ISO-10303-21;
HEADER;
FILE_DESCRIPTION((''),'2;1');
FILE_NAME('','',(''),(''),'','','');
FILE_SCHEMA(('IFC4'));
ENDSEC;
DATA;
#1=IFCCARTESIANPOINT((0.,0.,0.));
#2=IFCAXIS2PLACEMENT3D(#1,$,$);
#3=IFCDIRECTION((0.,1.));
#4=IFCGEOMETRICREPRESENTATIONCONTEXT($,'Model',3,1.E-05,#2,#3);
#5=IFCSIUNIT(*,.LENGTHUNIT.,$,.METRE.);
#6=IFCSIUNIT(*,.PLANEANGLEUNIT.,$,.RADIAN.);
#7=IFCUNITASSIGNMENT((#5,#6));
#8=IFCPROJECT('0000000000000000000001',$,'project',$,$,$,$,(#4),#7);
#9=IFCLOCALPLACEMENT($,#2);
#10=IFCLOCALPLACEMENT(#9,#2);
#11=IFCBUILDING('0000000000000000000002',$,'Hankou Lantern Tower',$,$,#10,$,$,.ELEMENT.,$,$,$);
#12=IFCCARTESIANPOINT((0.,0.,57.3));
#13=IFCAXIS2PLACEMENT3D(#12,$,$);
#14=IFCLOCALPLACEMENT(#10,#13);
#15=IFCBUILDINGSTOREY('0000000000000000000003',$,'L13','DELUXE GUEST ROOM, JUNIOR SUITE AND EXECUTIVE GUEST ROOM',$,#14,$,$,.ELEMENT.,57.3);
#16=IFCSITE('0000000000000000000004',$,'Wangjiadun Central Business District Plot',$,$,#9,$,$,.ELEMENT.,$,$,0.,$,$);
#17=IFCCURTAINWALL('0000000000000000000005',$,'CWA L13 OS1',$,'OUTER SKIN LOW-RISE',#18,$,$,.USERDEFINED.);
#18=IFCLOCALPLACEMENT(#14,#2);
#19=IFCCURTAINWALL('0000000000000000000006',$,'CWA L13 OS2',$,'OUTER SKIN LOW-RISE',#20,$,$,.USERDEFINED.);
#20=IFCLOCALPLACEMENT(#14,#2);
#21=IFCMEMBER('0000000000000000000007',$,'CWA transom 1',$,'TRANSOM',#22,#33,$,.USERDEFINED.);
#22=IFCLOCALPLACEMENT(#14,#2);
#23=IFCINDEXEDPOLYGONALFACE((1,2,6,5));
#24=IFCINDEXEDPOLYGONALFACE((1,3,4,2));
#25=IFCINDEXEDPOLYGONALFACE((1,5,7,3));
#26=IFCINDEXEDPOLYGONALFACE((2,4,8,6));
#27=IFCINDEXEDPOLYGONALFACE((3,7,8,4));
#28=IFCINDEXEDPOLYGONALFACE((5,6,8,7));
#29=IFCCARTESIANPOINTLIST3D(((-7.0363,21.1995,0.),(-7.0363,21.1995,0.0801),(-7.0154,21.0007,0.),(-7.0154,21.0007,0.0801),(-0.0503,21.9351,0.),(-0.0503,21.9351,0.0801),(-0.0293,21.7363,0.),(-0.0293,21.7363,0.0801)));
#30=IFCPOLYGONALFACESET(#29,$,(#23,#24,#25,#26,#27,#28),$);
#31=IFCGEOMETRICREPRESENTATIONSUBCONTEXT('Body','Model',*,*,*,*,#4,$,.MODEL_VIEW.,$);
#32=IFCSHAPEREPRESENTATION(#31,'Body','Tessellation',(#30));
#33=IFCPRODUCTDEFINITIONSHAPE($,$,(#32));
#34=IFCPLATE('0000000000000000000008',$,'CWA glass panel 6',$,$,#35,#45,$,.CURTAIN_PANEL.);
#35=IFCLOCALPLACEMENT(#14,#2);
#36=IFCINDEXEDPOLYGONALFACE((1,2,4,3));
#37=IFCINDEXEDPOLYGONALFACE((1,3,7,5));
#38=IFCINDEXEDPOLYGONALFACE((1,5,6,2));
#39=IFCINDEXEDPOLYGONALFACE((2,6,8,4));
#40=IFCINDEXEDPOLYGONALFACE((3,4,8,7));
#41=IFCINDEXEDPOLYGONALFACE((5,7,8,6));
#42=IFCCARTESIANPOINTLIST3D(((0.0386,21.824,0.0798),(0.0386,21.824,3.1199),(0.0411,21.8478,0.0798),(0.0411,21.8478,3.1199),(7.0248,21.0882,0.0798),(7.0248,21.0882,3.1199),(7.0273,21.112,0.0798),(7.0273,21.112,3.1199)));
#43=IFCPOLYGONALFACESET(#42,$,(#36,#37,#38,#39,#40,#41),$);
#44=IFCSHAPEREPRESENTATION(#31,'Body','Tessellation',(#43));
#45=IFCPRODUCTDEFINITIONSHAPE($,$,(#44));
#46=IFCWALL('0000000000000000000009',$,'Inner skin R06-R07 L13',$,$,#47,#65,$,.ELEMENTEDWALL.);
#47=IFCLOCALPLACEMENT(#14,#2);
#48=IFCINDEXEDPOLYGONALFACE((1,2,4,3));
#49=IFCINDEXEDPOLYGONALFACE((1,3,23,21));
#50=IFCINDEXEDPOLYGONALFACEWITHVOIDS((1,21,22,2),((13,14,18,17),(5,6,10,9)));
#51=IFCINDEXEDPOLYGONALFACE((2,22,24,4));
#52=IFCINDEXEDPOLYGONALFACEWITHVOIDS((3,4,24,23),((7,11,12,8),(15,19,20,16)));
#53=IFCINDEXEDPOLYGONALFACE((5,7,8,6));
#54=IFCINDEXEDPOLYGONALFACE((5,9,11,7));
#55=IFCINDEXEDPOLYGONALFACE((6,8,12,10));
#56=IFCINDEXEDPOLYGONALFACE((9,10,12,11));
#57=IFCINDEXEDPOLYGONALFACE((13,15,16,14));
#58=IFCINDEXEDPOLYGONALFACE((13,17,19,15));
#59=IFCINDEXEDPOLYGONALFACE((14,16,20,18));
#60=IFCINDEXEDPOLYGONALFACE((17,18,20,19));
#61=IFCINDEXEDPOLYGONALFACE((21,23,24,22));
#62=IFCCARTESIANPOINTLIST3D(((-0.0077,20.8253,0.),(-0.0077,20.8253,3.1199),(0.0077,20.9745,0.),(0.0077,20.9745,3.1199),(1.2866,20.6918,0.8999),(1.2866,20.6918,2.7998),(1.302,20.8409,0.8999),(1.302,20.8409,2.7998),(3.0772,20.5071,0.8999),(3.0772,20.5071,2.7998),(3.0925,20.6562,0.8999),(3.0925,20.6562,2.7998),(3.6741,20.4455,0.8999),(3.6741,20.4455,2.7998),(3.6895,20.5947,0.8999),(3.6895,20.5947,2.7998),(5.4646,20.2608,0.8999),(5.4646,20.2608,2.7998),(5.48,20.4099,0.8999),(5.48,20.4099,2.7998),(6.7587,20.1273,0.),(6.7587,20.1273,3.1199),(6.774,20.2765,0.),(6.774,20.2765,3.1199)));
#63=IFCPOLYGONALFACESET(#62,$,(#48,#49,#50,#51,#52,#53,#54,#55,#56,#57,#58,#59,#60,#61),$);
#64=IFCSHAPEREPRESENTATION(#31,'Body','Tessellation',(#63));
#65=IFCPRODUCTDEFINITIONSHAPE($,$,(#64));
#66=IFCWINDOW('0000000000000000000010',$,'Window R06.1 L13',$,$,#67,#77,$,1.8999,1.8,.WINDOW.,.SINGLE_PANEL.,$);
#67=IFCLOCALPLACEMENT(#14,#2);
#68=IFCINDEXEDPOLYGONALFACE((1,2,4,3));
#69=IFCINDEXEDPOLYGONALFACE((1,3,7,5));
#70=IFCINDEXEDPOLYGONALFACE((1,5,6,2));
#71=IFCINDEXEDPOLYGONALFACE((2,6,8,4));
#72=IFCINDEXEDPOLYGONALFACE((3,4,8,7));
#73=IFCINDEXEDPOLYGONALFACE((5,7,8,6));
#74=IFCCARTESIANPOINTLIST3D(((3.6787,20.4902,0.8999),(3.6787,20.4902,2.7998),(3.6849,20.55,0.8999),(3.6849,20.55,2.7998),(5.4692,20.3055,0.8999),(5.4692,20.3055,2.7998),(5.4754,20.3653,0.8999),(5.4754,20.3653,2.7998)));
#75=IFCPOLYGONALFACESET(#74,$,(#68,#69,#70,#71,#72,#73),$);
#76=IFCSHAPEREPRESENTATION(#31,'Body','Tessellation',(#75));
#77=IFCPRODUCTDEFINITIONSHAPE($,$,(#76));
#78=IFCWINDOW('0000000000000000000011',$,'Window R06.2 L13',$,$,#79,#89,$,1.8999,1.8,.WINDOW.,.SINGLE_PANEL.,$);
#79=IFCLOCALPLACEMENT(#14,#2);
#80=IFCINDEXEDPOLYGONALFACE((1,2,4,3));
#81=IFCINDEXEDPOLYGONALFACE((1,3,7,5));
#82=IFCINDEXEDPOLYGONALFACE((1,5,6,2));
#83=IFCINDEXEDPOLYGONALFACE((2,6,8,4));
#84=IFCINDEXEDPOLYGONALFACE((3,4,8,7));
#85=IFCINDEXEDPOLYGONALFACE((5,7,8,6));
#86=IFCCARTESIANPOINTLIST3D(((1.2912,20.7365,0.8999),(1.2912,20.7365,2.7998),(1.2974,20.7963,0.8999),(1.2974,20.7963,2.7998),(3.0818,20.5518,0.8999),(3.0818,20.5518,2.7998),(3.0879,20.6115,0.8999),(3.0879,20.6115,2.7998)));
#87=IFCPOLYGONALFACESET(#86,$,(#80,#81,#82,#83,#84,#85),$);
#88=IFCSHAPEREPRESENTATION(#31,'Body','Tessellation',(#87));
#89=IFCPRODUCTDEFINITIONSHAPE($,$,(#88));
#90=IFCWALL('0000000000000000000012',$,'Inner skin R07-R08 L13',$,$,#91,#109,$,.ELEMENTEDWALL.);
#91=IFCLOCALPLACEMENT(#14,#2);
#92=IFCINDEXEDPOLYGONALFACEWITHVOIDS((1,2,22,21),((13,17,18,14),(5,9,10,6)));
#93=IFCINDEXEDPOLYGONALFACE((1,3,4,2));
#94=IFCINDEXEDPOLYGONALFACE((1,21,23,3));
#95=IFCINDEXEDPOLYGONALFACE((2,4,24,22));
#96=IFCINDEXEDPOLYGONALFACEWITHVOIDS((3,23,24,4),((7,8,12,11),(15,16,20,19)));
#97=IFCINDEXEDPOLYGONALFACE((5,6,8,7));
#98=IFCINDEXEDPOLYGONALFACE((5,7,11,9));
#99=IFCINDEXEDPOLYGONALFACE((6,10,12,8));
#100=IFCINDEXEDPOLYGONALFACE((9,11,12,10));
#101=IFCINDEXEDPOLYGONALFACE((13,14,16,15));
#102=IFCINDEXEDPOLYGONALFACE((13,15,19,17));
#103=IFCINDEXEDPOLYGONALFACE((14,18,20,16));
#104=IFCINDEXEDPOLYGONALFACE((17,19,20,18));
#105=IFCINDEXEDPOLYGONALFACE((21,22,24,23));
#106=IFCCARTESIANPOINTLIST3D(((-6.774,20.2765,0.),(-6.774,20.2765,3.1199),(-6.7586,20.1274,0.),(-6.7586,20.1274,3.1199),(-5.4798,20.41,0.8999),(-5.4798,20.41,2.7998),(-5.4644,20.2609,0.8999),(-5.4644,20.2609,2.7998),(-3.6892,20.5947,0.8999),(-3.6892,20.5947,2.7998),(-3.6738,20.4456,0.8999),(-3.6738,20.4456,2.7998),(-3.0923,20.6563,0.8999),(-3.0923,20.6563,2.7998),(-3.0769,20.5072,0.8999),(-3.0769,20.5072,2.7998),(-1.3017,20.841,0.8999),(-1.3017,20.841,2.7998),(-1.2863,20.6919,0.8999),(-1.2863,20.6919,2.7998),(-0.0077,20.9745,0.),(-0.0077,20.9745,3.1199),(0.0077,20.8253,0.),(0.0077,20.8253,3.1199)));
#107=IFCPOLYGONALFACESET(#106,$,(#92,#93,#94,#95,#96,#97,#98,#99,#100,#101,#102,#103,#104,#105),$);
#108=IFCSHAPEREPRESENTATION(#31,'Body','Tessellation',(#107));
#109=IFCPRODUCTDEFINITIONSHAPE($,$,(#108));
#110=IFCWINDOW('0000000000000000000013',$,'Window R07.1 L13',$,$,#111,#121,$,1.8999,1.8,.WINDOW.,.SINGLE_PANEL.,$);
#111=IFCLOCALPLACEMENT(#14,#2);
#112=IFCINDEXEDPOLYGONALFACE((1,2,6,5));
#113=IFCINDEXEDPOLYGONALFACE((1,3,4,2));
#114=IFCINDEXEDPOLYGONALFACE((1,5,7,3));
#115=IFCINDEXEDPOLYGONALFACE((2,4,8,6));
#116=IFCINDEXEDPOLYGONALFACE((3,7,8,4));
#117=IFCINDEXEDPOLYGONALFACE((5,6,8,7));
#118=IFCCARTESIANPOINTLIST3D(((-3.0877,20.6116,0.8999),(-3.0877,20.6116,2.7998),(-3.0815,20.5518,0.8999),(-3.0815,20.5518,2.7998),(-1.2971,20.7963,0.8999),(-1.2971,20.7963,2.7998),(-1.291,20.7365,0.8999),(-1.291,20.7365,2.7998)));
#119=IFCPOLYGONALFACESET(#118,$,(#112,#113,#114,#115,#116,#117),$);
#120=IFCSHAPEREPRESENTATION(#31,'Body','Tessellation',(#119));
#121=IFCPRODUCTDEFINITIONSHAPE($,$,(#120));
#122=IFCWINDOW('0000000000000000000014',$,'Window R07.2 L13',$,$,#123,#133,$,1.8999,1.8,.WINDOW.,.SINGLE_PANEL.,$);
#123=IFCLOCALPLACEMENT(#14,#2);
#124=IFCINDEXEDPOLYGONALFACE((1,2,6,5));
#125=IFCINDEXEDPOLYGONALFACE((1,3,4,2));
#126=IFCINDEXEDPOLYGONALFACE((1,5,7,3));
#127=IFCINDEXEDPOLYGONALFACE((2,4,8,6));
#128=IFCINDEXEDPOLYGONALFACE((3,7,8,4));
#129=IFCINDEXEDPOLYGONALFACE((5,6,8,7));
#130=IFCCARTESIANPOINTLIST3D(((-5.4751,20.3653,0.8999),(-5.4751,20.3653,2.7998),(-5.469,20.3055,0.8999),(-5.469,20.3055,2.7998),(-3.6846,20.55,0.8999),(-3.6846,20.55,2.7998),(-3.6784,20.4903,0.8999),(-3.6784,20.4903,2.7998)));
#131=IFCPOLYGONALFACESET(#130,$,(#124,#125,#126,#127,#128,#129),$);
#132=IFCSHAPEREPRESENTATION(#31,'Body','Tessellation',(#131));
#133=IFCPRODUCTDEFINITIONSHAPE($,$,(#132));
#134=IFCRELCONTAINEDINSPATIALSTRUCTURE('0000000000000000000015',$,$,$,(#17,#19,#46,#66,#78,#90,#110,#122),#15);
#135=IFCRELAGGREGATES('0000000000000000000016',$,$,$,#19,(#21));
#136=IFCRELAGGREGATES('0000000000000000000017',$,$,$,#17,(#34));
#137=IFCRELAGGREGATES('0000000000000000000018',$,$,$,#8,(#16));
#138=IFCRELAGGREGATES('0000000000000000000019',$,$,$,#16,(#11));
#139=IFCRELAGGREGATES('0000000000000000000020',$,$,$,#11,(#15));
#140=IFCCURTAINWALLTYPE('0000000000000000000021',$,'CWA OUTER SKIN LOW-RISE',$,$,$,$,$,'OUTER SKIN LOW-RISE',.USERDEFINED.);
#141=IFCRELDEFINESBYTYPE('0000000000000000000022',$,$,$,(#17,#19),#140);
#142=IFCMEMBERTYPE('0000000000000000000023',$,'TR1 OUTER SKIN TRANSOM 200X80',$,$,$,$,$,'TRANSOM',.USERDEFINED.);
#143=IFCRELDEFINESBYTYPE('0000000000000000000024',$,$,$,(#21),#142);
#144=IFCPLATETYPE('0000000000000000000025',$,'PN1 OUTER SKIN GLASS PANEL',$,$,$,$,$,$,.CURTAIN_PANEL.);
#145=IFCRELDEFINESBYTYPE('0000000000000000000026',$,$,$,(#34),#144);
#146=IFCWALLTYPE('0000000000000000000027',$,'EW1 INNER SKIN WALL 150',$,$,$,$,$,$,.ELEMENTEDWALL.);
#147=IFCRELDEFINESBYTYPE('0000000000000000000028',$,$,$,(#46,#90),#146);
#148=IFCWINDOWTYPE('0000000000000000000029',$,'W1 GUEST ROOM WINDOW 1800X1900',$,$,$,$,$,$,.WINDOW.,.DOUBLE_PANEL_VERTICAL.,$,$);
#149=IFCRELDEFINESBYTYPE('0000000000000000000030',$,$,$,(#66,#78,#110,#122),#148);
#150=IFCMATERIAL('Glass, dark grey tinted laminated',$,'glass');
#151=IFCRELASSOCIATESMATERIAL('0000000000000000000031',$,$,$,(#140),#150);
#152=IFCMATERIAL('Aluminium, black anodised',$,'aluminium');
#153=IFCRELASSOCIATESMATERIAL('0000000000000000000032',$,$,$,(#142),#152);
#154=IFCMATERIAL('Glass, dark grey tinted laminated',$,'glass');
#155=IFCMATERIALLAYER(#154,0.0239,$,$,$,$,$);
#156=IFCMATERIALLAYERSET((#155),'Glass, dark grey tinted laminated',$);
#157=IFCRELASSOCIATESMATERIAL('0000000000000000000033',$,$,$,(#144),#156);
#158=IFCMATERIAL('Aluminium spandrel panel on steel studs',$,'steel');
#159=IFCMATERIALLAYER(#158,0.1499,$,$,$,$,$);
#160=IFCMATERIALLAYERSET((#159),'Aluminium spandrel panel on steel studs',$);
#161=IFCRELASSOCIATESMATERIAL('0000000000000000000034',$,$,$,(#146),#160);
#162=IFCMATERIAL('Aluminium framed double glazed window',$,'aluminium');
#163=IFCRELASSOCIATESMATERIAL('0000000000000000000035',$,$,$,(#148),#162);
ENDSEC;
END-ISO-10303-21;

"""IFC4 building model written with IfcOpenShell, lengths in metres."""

from ifc_helpers import new_model, si_unit, direction, frame, frame_2d, origin, origin_2d, place, context, subcontext, project, spatial, rectangle, extrude, material, layer, layer_set, material_profile, profile_set, type_object, element, fill, aggregate, save


model = new_model("IFC4")

# Units and contexts
model_context = context("Model", 3, precision=1e-05, world=origin(), true_north=direction((0.0, 1.0)))
body_context = subcontext(model_context, "Body", "Model", "MODEL_VIEW")
ifc_project = project(units=[si_unit("LENGTHUNIT", "METRE"), si_unit("PLANEANGLEUNIT", "RADIAN")], contexts=[model_context])

# Site, building, storey
site_placement = place(None, origin())
site = spatial("IfcSite", under=ifc_project, at=site_placement, Name="Wangjiadun Central Business District Plot", CompositionType="ELEMENT", RefElevation=0.0)
building_placement = place(site_placement, origin())
building = spatial("IfcBuilding", under=site, at=building_placement, Name="Hankou Lantern Tower", CompositionType="ELEMENT")
storey_placement = place(building_placement, frame((0.0, 0.0, 57.3)))
storey = spatial("IfcBuildingStorey", under=building, at=storey_placement, Name="L13", Description="DELUXE GUEST ROOM, JUNIOR SUITE AND EXECUTIVE GUEST ROOM", CompositionType="ELEMENT", Elevation=57.3)

# Curtain walls
ifc_material_1 = material(Name="Glass, dark grey tinted laminated", Category="glass")
curtain_wall_type = type_object("IfcCurtainWallType", Name="CWA OUTER SKIN LOW-RISE", ElementType="OUTER SKIN LOW-RISE", PredefinedType="USERDEFINED", material=ifc_material_1)
curtain_wall_1_placement = place(storey_placement, origin())
curtain_wall_1 = element("IfcCurtainWall", 1, at=curtain_wall_1_placement, inside=storey, type_object=curtain_wall_type, Name="CWA L13 OS1", ObjectType="OUTER SKIN LOW-RISE", PredefinedType="USERDEFINED")
curtain_wall_2_placement = place(storey_placement, origin())
curtain_wall_2 = element("IfcCurtainWall", 2, at=curtain_wall_2_placement, inside=storey, type_object=curtain_wall_type, Name="CWA L13 OS2", ObjectType="OUTER SKIN LOW-RISE", PredefinedType="USERDEFINED")

# Member
ifc_material_2 = material(Name="Aluminium, black anodised", Category="aluminium")
ifc_material_profile_1 = material_profile(ifc_material_2, rectangle(XDim=0.2, YDim=0.0801, at=origin_2d()), Name="TR1 200X80")
ifc_profile_set_1 = profile_set([ifc_material_profile_1], Name="Aluminium, black anodised")
member_type_1 = type_object("IfcMemberType", Name="TR1 OUTER SKIN TRANSOM 200X80", ElementType="TRANSOM", PredefinedType="USERDEFINED", material=ifc_profile_set_1)
member_1_placement = place(storey_placement, frame((-0.0398, 21.8357, 0.04), z_axis=(-0.994502, -0.104716, 0.0), x_axis=(0.104716, -0.994502, 0.0)))
member_1 = element("IfcMember", 3, at=member_1_placement, type_object=member_type_1, Name="CWA transom 1", ObjectType="TRANSOM", PredefinedType="USERDEFINED", context=body_context, shape_type="SweptSolid", body=[
    extrude(rectangle(XDim=0.2, YDim=0.0801, at=origin_2d()), origin(), (0.0, 0.0, 1.0), 7.0247),
])
aggregate(curtain_wall_2, [member_1])

# Plate
ifc_material_3 = material(Name="Glass, dark grey tinted laminated", Category="glass")
ifc_layer_1 = layer(ifc_material_3, 0.0239)
ifc_layer_set_1 = layer_set([ifc_layer_1], Name="Glass, dark grey tinted laminated")
plate_type = type_object("IfcPlateType", Name="PN1 OUTER SKIN GLASS PANEL", PredefinedType="CURTAIN_PANEL", material=ifc_layer_set_1)
plate_placement = place(storey_placement, frame((3.533, 21.468, 0.0798), z_axis=(0.0, 0.0, 1.0), x_axis=(-0.994499, 0.104743, 0.0)))
plate = element("IfcPlate", 4, at=plate_placement, type_object=plate_type, Name="CWA glass panel 6", PredefinedType="CURTAIN_PANEL", context=body_context, shape_type="SweptSolid", body=[
    extrude(rectangle(XDim=7.0249, YDim=0.0239, at=origin_2d()), origin(), (0.0, 0.0, 1.0), 3.04),
])
aggregate(curtain_wall_1, [plate])

# Walls, openings, windows
ifc_material_4 = material(Name="Aluminium spandrel panel on steel studs", Category="steel")
ifc_layer_2 = layer(ifc_material_4, 0.1499)
ifc_layer_set_2 = layer_set([ifc_layer_2], Name="Aluminium spandrel panel on steel studs")
wall_type = type_object("IfcWallType", Name="EW1 INNER SKIN WALL 150", PredefinedType="ELEMENTEDWALL", material=ifc_layer_set_2)
wall_1_placement = place(storey_placement, frame((6.7664, 20.2019, 0.0), z_axis=(0.0, 0.0, 1.0), x_axis=(-0.994721, 0.102613, 0.0)))
wall_1 = element("IfcWall", 5, at=wall_1_placement, inside=storey, type_object=wall_type, Name="Inner skin R06-R07 L13", PredefinedType="ELEMENTEDWALL", context=body_context, shape_type="SweptSolid", body=[
    extrude(rectangle(XDim=6.8022, YDim=0.1499, at=frame_2d((3.4011, 0.0))), origin(), (0.0, 0.0, 1.0), 3.1199),
])
opening_1_placement = place(wall_1_placement, frame((1.301, 0.0, 0.8999)))
opening_1 = element("IfcOpeningElement", 6, at=opening_1_placement, cuts=wall_1, PredefinedType="OPENING", context=body_context, shape_type="SweptSolid", body=[
    extrude(rectangle(XDim=1.8, YDim=1.8999, at=frame_2d((0.8999, 0.95))), frame((0.0, 0.085, 0.0), z_axis=(0.0, -1.0, 0.0), x_axis=(1.0, 0.0, 0.0)), (0.0, 0.0, 1.0), 0.1699),
])
opening_2_placement = place(wall_1_placement, frame((3.7012, 0.0, 0.8999)))
opening_2 = element("IfcOpeningElement", 7, at=opening_2_placement, cuts=wall_1, PredefinedType="OPENING", context=body_context, shape_type="SweptSolid", body=[
    extrude(rectangle(XDim=1.8, YDim=1.8999, at=frame_2d((0.8999, 0.95))), frame((0.0, 0.085, 0.0), z_axis=(0.0, -1.0, 0.0), x_axis=(1.0, 0.0, 0.0)), (0.0, 0.0, 1.0), 0.1699),
])
ifc_material_5 = material(Name="Aluminium framed double glazed window", Category="aluminium")
window_type = type_object("IfcWindowType", Name="W1 GUEST ROOM WINDOW 1800X1900", PartitioningType="DOUBLE_PANEL_VERTICAL", PredefinedType="WINDOW", material=ifc_material_5)
window_1_placement = place(opening_1_placement, origin())
window_1 = element("IfcWindow", 8, at=window_1_placement, inside=storey, type_object=window_type, Name="Window R06.1 L13", OverallHeight=1.8999, OverallWidth=1.8, PartitioningType="SINGLE_PANEL", PredefinedType="WINDOW", context=body_context, shape_type="SweptSolid", body=[
    extrude(rectangle(XDim=1.8, YDim=1.8999, at=frame_2d((0.8999, 0.95))), frame((0.0, 0.03, 0.0), z_axis=(0.0, -1.0, 0.0), x_axis=(1.0, 0.0, 0.0)), (0.0, 0.0, 1.0), 0.0601),
])
fill(opening_1, window_1)
window_2_placement = place(opening_2_placement, origin())
window_2 = element("IfcWindow", 9, at=window_2_placement, inside=storey, type_object=window_type, Name="Window R06.2 L13", OverallHeight=1.8999, OverallWidth=1.8, PartitioningType="SINGLE_PANEL", PredefinedType="WINDOW", context=body_context, shape_type="SweptSolid", body=[
    extrude(rectangle(XDim=1.8, YDim=1.8999, at=frame_2d((0.8999, 0.95))), frame((0.0, 0.03, 0.0), z_axis=(0.0, -1.0, 0.0), x_axis=(1.0, 0.0, 0.0)), (0.0, 0.0, 1.0), 0.0601),
])
fill(opening_2, window_2)
wall_2_placement = place(storey_placement, frame((0.0, 20.8999, 0.0), z_axis=(0.0, 0.0, 1.0), x_axis=(-0.994721, -0.102613, 0.0)))
wall_2 = element("IfcWall", 10, at=wall_2_placement, inside=storey, type_object=wall_type, Name="Inner skin R07-R08 L13", PredefinedType="ELEMENTEDWALL", context=body_context, shape_type="SweptSolid", body=[
    extrude(rectangle(XDim=6.8022, YDim=0.1499, at=frame_2d((3.4011, 0.0))), origin(), (0.0, 0.0, 1.0), 3.1199),
])
opening_3_placement = place(wall_2_placement, frame((1.301, 0.0, 0.8999)))
opening_3 = element("IfcOpeningElement", 11, at=opening_3_placement, cuts=wall_2, PredefinedType="OPENING", context=body_context, shape_type="SweptSolid", body=[
    extrude(rectangle(XDim=1.8, YDim=1.8999, at=frame_2d((0.8999, 0.95))), frame((0.0, 0.085, 0.0), z_axis=(0.0, -1.0, 0.0), x_axis=(1.0, 0.0, 0.0)), (0.0, 0.0, 1.0), 0.1699),
])
opening_4_placement = place(wall_2_placement, frame((3.7012, 0.0, 0.8999)))
opening_4 = element("IfcOpeningElement", 12, at=opening_4_placement, cuts=wall_2, PredefinedType="OPENING", context=body_context, shape_type="SweptSolid", body=[
    extrude(rectangle(XDim=1.8, YDim=1.8999, at=frame_2d((0.8999, 0.95))), frame((0.0, 0.085, 0.0), z_axis=(0.0, -1.0, 0.0), x_axis=(1.0, 0.0, 0.0)), (0.0, 0.0, 1.0), 0.1699),
])
window_3_placement = place(opening_3_placement, origin())
window_3 = element("IfcWindow", 13, at=window_3_placement, inside=storey, type_object=window_type, Name="Window R07.1 L13", OverallHeight=1.8999, OverallWidth=1.8, PartitioningType="SINGLE_PANEL", PredefinedType="WINDOW", context=body_context, shape_type="SweptSolid", body=[
    extrude(rectangle(XDim=1.8, YDim=1.8999, at=frame_2d((0.8999, 0.95))), frame((0.0, 0.03, 0.0), z_axis=(0.0, -1.0, 0.0), x_axis=(1.0, 0.0, 0.0)), (0.0, 0.0, 1.0), 0.0601),
])
fill(opening_3, window_3)
window_4_placement = place(opening_4_placement, origin())
window_4 = element("IfcWindow", 14, at=window_4_placement, inside=storey, type_object=window_type, Name="Window R07.2 L13", OverallHeight=1.8999, OverallWidth=1.8, PartitioningType="SINGLE_PANEL", PredefinedType="WINDOW", context=body_context, shape_type="SweptSolid", body=[
    extrude(rectangle(XDim=1.8, YDim=1.8999, at=frame_2d((0.8999, 0.95))), frame((0.0, 0.03, 0.0), z_axis=(0.0, -1.0, 0.0), x_axis=(1.0, 0.0, 0.0)), (0.0, 0.0, 1.0), 0.0601),
])
fill(opening_4, window_4)

save(model, "model.ifc")
